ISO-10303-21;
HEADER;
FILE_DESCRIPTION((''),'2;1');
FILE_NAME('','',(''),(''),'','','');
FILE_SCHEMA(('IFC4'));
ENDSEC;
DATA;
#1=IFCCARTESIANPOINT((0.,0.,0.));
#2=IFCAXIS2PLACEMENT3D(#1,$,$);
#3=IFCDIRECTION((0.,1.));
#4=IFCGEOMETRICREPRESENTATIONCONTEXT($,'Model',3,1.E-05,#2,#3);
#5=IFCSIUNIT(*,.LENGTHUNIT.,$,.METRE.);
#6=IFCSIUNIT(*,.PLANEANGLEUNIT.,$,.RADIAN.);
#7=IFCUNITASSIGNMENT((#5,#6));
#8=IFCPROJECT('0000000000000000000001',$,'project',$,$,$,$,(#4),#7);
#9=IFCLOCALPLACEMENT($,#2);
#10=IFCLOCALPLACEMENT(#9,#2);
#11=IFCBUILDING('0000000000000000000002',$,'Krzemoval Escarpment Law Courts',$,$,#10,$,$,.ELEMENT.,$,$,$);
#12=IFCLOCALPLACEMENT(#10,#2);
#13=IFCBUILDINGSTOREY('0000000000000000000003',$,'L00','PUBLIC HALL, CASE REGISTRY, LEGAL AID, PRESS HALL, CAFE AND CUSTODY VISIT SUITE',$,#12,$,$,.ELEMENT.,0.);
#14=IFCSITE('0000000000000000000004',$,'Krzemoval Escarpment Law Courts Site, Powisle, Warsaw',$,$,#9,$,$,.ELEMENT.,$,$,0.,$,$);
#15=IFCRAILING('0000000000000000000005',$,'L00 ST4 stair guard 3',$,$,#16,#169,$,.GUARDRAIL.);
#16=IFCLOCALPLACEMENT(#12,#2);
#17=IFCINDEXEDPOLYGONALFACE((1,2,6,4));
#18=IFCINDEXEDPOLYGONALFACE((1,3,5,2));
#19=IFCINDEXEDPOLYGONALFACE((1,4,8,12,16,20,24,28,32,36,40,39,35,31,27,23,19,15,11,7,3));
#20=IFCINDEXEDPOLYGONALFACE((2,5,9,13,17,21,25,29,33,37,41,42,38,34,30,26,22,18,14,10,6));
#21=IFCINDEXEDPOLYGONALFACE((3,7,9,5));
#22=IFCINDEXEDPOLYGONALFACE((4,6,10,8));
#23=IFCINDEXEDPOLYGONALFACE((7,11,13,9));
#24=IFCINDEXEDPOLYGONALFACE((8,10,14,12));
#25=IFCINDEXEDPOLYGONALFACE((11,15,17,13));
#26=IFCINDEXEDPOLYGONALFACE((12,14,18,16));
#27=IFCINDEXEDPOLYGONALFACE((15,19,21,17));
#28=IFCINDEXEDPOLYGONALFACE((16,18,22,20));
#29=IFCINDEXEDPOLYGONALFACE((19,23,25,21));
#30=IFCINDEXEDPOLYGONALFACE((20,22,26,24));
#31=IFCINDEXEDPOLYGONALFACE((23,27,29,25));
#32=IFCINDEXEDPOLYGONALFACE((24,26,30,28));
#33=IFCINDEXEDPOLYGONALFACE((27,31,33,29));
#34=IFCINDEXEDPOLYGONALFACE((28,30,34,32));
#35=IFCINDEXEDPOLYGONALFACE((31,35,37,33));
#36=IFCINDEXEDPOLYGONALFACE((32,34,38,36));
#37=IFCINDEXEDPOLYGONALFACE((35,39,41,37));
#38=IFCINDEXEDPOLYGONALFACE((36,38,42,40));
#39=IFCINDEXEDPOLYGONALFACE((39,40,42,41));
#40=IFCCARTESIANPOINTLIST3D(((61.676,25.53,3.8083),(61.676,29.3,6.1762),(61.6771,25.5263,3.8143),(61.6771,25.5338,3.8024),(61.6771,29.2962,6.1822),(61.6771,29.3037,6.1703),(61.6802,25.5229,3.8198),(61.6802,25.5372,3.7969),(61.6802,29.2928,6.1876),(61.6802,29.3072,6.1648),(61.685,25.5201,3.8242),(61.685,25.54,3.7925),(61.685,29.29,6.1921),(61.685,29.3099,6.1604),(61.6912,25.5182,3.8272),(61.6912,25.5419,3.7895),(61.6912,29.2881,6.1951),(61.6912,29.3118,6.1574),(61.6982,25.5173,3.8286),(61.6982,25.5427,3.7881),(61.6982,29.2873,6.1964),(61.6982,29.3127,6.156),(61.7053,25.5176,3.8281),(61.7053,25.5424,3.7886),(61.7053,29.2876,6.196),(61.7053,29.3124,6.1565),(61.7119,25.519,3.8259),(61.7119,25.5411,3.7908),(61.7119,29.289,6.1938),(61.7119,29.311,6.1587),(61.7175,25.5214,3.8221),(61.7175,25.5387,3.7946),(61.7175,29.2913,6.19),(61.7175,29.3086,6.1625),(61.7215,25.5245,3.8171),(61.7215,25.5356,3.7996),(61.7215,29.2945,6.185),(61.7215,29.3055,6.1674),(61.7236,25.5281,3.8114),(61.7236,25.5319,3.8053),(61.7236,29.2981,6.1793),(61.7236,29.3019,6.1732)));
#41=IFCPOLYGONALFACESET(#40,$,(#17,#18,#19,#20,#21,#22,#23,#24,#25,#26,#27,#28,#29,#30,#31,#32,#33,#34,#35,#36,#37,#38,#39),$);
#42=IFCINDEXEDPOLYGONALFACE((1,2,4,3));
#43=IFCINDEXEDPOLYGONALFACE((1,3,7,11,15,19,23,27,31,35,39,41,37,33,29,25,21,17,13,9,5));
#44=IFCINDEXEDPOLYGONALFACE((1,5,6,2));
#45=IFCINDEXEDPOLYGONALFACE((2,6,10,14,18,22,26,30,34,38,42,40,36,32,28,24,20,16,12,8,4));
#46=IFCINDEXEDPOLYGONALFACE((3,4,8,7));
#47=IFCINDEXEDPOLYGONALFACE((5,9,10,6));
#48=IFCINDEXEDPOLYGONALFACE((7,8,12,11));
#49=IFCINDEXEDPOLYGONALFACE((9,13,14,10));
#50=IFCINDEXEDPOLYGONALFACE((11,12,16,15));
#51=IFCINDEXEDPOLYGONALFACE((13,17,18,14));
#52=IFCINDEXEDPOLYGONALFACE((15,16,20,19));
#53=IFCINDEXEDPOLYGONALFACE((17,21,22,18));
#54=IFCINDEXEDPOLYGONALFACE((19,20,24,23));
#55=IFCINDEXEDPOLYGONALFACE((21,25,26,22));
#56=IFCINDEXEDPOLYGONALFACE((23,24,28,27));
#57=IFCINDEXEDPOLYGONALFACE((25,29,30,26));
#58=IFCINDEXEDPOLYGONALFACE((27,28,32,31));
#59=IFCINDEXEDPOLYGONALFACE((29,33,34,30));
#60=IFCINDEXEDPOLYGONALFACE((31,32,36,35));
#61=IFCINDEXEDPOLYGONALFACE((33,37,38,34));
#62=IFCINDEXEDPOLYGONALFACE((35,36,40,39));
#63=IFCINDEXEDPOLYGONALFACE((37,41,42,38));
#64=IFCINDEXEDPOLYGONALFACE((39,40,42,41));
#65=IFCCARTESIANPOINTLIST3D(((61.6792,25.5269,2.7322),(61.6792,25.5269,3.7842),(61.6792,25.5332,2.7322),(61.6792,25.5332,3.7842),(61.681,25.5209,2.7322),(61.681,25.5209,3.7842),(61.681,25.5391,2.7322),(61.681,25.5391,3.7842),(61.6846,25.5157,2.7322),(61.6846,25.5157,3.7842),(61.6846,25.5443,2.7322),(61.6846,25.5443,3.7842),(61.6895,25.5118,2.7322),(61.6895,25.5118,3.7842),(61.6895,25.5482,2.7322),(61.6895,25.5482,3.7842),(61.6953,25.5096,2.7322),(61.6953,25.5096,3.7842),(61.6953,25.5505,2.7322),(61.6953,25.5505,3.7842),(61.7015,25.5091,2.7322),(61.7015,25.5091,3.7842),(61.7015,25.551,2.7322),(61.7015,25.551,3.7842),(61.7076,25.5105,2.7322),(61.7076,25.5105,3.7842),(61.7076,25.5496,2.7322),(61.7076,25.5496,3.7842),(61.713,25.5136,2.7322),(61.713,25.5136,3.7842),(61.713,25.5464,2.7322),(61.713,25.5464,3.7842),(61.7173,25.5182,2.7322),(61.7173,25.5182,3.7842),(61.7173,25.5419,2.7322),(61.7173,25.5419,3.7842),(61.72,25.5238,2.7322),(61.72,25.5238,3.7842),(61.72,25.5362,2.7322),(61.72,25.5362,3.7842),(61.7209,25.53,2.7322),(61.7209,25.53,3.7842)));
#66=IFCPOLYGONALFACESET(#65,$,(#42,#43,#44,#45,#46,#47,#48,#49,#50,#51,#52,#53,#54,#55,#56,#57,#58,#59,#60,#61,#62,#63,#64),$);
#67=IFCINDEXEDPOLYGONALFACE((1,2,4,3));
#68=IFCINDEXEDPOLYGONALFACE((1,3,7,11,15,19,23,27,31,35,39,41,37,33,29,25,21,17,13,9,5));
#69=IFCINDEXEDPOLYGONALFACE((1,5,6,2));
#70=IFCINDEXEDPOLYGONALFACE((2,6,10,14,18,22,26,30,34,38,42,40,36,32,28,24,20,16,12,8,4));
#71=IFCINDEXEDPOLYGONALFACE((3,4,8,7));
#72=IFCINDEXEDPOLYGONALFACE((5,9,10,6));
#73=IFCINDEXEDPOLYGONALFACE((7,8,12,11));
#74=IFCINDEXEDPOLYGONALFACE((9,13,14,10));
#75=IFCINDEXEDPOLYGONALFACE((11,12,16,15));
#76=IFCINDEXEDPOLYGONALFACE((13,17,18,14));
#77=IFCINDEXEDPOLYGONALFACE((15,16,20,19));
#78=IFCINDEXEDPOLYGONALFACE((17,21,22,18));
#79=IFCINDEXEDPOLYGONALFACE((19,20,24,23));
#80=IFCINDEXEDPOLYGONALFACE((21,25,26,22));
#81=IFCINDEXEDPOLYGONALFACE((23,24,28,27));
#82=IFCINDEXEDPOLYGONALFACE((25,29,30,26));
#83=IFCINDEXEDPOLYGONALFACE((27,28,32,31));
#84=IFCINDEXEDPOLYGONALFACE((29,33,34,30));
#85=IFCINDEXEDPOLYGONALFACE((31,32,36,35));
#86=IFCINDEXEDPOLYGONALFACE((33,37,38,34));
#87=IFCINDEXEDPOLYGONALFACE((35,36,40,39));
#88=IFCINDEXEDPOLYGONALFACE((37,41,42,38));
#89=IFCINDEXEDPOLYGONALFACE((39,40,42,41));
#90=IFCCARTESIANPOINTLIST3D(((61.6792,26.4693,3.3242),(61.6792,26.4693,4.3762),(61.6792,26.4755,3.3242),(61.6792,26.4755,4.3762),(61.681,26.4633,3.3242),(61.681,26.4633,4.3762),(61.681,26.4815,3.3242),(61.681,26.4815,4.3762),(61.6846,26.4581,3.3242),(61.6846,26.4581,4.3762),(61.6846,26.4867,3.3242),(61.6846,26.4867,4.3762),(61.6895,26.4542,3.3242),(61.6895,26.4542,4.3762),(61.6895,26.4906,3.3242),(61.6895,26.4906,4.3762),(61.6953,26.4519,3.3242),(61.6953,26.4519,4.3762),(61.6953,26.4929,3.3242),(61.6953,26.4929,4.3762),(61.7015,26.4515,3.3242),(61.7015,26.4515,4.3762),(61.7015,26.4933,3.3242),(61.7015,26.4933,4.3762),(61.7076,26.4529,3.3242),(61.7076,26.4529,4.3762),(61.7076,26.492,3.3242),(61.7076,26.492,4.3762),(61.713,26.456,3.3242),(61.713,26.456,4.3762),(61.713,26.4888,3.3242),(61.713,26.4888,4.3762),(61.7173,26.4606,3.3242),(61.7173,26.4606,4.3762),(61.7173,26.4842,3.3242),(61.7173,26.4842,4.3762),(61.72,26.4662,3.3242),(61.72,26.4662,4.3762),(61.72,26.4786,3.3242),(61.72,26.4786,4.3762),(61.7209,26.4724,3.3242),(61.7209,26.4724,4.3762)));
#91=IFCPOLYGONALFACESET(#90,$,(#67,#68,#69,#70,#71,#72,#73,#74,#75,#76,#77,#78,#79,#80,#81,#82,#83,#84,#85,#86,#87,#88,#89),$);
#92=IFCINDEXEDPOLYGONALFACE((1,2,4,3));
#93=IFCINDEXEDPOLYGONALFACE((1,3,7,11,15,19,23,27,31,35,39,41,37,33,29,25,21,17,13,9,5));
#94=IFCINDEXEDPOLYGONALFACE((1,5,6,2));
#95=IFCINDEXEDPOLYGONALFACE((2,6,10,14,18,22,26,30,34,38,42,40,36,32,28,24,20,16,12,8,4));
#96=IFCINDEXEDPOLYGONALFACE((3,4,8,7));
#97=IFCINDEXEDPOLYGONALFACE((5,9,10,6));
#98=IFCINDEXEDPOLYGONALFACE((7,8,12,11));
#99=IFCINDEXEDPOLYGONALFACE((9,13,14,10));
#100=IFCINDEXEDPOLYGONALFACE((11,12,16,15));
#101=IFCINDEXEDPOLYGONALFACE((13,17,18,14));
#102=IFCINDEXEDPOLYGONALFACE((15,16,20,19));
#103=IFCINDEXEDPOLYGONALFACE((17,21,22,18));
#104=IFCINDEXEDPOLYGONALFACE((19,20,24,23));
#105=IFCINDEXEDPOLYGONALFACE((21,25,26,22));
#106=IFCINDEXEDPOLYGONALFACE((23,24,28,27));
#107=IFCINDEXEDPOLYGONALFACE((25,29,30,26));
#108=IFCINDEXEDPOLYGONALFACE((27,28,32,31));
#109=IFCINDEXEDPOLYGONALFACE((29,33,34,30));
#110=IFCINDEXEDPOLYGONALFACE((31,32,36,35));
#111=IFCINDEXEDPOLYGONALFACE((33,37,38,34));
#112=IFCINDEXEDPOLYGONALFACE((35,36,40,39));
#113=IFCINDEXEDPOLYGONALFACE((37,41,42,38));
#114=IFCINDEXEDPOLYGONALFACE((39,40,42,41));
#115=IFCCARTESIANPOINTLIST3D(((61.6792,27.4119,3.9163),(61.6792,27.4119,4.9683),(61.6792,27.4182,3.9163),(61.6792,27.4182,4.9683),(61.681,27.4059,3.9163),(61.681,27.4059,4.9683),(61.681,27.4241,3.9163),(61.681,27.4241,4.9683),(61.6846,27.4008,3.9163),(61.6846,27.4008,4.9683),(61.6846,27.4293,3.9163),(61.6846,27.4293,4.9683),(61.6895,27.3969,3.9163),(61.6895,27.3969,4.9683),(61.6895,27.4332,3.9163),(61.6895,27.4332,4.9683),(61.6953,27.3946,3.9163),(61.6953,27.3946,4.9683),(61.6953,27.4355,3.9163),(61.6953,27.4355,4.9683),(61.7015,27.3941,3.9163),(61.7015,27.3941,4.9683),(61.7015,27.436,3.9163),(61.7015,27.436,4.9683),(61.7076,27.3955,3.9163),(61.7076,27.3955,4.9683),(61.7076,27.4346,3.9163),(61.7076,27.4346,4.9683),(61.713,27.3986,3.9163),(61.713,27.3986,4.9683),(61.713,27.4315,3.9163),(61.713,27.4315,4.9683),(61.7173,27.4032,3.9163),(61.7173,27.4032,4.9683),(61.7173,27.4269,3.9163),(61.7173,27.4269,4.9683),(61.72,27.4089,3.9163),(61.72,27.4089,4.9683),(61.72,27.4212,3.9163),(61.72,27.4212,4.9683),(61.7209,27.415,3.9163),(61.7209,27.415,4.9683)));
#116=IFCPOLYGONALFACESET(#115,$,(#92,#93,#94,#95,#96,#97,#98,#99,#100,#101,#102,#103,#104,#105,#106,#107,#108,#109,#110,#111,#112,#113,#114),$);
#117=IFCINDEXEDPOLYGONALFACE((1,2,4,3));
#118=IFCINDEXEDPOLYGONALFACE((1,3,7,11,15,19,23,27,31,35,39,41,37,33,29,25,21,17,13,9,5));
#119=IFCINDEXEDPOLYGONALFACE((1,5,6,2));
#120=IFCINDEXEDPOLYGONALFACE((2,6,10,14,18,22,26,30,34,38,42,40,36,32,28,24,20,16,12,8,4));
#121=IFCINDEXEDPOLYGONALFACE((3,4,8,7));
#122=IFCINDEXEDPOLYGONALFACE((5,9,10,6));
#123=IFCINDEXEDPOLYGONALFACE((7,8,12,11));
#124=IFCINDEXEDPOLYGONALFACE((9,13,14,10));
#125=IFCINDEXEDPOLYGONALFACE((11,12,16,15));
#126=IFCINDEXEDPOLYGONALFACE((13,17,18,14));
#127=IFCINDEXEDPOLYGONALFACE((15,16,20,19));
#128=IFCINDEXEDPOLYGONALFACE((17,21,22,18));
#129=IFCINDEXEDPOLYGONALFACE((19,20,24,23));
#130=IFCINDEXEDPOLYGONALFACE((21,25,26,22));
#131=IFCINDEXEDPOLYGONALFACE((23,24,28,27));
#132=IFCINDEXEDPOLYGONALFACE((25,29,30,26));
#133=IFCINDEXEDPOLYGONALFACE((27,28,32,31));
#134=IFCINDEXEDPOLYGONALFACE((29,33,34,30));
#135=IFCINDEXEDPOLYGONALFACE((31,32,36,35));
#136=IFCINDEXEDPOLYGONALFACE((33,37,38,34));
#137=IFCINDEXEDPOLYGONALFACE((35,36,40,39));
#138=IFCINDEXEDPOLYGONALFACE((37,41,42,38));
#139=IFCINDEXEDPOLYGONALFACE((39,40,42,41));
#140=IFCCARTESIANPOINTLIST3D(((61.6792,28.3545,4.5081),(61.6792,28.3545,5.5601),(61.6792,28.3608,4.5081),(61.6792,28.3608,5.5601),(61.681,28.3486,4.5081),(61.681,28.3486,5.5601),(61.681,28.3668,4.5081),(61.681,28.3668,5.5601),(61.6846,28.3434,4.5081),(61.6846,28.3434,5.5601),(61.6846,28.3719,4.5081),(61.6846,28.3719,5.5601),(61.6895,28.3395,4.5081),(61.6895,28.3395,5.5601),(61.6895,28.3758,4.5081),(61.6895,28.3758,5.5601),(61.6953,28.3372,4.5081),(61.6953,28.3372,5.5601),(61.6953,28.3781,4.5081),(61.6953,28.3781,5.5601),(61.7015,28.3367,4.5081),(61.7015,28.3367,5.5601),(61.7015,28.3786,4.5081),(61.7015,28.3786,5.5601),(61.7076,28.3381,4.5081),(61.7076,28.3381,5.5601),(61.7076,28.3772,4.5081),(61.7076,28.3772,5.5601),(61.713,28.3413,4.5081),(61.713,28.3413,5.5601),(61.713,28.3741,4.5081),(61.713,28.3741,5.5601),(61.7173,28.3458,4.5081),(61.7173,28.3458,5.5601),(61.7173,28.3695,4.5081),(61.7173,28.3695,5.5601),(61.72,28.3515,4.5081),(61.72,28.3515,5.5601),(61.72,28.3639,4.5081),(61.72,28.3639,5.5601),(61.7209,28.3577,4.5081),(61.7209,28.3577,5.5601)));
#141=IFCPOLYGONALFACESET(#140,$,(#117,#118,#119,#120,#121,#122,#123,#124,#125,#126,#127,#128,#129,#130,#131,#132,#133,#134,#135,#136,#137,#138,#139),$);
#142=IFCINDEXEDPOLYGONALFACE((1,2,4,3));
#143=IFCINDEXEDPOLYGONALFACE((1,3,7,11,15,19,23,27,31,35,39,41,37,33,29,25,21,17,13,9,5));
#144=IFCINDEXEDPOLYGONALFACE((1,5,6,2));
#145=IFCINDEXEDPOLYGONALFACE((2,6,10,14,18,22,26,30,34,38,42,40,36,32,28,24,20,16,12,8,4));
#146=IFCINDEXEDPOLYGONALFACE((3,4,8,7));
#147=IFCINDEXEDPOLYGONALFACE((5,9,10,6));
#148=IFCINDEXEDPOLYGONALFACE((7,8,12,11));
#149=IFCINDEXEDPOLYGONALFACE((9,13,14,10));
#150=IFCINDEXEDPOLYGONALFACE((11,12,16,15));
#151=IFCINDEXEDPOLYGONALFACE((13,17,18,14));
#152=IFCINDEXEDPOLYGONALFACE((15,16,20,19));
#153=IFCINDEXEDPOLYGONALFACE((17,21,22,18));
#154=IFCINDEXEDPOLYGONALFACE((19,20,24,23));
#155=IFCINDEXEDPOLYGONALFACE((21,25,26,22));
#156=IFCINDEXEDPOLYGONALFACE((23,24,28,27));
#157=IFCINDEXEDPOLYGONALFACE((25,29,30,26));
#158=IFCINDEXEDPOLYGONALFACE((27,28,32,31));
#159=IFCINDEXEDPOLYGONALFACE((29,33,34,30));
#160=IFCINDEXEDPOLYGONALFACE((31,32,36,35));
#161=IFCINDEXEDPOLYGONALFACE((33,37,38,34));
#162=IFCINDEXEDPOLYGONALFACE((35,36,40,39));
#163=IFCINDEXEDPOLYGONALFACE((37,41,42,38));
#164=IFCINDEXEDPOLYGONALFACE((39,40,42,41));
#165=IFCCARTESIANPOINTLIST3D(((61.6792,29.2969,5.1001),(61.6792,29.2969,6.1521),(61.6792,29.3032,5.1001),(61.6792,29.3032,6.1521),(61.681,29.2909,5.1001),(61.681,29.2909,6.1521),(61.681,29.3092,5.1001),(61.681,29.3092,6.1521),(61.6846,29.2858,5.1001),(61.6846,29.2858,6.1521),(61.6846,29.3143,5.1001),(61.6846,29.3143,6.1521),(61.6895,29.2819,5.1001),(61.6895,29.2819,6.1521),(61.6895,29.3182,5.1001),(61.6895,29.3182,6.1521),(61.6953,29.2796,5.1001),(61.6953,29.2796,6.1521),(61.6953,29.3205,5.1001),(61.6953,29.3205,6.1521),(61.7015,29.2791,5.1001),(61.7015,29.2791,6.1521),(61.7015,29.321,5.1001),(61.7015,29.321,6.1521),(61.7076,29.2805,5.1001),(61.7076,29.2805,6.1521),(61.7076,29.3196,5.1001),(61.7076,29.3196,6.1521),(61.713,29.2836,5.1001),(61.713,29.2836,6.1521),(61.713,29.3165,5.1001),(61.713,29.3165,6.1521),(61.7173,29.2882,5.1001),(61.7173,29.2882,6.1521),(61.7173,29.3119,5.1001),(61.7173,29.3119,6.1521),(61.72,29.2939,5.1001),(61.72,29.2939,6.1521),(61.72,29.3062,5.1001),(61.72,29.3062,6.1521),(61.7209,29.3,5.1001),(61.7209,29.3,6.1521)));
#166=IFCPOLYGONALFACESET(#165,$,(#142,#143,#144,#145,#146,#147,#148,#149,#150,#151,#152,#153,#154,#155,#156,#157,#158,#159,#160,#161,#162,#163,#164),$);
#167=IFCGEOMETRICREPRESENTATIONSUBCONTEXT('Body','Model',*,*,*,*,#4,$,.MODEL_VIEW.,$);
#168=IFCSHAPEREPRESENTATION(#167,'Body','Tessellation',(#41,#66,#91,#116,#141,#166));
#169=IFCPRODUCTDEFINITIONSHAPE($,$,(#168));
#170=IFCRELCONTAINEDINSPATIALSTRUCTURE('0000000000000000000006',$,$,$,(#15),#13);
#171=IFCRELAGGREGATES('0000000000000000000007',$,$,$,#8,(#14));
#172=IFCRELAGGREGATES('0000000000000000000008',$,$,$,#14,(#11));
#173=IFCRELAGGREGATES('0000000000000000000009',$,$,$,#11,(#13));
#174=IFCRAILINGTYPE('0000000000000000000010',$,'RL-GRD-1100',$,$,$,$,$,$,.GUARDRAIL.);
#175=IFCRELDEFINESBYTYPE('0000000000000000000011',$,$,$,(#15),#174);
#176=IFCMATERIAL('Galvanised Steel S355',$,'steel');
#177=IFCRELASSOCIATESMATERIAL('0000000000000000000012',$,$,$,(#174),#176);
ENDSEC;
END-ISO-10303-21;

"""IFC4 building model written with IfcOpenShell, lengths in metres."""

from ifc_helpers import new_model, si_unit, direction, frame, origin, origin_2d, place, context, subcontext, project, spatial, circle, extrude, material, type_object, element, save


model = new_model("IFC4")

# Units and contexts
model_context = context("Model", 3, precision=1e-05, world=origin(), true_north=direction((0.0, 1.0)))
body_context = subcontext(model_context, "Body", "Model", "MODEL_VIEW")
ifc_project = project(units=[si_unit("LENGTHUNIT", "METRE"), si_unit("PLANEANGLEUNIT", "RADIAN")], contexts=[model_context])

# Site, building, storey
site_placement = place(None, origin())
site = spatial("IfcSite", under=ifc_project, at=site_placement, Name="Krzemoval Escarpment Law Courts Site, Powisle, Warsaw", CompositionType="ELEMENT", RefElevation=0.0)
building_placement = place(site_placement, origin())
building = spatial("IfcBuilding", under=site, at=building_placement, Name="Krzemoval Escarpment Law Courts", CompositionType="ELEMENT")
storey_placement = place(building_placement, origin())
storey = spatial("IfcBuildingStorey", under=building, at=storey_placement, Name="L00", Description="PUBLIC HALL, CASE REGISTRY, LEGAL AID, PRESS HALL, CAFE AND CUSTODY VISIT SUITE", CompositionType="ELEMENT", Elevation=0.0)

# Railing
ifc_material_1 = material(Name="Galvanised Steel S355", Category="steel")
railing_type_1 = type_object("IfcRailingType", Name="RL-GRD-1100", PredefinedType="GUARDRAIL", material=ifc_material_1)
railing_1_placement = place(storey_placement, frame((61.7, 25.53, 2.7322)))
element("IfcRailing", 1, at=railing_1_placement, inside=storey, type_object=railing_type_1, Name="L00 ST4 stair guard 3", PredefinedType="GUARDRAIL", context=body_context, shape_type="SweptSolid", body=[
    extrude(circle(Radius=0.0239, at=origin_2d()), frame((0.0, 0.0, 1.0762), z_axis=(0.0, 0.846819, 0.531881), x_axis=(-1.0, 0.0, 0.0)), (0.0, 0.0, 1.0), 4.4519),
    extrude(circle(Radius=0.021, at=origin_2d()), origin(), (0.0, 0.0, 1.0), 1.052),
    extrude(circle(Radius=0.021, at=origin_2d()), frame((0.0, 0.9424, 0.592)), (0.0, 0.0, 1.0), 1.052),
    extrude(circle(Radius=0.021, at=origin_2d()), frame((0.0, 1.885, 1.1841)), (0.0, 0.0, 1.0), 1.052),
    extrude(circle(Radius=0.021, at=origin_2d()), frame((0.0, 2.8276, 1.7759)), (0.0, 0.0, 1.0), 1.052),
    extrude(circle(Radius=0.021, at=origin_2d()), frame((0.0, 3.77, 2.3679)), (0.0, 0.0, 1.0), 1.052),
])

save(model, "model.ifc")
